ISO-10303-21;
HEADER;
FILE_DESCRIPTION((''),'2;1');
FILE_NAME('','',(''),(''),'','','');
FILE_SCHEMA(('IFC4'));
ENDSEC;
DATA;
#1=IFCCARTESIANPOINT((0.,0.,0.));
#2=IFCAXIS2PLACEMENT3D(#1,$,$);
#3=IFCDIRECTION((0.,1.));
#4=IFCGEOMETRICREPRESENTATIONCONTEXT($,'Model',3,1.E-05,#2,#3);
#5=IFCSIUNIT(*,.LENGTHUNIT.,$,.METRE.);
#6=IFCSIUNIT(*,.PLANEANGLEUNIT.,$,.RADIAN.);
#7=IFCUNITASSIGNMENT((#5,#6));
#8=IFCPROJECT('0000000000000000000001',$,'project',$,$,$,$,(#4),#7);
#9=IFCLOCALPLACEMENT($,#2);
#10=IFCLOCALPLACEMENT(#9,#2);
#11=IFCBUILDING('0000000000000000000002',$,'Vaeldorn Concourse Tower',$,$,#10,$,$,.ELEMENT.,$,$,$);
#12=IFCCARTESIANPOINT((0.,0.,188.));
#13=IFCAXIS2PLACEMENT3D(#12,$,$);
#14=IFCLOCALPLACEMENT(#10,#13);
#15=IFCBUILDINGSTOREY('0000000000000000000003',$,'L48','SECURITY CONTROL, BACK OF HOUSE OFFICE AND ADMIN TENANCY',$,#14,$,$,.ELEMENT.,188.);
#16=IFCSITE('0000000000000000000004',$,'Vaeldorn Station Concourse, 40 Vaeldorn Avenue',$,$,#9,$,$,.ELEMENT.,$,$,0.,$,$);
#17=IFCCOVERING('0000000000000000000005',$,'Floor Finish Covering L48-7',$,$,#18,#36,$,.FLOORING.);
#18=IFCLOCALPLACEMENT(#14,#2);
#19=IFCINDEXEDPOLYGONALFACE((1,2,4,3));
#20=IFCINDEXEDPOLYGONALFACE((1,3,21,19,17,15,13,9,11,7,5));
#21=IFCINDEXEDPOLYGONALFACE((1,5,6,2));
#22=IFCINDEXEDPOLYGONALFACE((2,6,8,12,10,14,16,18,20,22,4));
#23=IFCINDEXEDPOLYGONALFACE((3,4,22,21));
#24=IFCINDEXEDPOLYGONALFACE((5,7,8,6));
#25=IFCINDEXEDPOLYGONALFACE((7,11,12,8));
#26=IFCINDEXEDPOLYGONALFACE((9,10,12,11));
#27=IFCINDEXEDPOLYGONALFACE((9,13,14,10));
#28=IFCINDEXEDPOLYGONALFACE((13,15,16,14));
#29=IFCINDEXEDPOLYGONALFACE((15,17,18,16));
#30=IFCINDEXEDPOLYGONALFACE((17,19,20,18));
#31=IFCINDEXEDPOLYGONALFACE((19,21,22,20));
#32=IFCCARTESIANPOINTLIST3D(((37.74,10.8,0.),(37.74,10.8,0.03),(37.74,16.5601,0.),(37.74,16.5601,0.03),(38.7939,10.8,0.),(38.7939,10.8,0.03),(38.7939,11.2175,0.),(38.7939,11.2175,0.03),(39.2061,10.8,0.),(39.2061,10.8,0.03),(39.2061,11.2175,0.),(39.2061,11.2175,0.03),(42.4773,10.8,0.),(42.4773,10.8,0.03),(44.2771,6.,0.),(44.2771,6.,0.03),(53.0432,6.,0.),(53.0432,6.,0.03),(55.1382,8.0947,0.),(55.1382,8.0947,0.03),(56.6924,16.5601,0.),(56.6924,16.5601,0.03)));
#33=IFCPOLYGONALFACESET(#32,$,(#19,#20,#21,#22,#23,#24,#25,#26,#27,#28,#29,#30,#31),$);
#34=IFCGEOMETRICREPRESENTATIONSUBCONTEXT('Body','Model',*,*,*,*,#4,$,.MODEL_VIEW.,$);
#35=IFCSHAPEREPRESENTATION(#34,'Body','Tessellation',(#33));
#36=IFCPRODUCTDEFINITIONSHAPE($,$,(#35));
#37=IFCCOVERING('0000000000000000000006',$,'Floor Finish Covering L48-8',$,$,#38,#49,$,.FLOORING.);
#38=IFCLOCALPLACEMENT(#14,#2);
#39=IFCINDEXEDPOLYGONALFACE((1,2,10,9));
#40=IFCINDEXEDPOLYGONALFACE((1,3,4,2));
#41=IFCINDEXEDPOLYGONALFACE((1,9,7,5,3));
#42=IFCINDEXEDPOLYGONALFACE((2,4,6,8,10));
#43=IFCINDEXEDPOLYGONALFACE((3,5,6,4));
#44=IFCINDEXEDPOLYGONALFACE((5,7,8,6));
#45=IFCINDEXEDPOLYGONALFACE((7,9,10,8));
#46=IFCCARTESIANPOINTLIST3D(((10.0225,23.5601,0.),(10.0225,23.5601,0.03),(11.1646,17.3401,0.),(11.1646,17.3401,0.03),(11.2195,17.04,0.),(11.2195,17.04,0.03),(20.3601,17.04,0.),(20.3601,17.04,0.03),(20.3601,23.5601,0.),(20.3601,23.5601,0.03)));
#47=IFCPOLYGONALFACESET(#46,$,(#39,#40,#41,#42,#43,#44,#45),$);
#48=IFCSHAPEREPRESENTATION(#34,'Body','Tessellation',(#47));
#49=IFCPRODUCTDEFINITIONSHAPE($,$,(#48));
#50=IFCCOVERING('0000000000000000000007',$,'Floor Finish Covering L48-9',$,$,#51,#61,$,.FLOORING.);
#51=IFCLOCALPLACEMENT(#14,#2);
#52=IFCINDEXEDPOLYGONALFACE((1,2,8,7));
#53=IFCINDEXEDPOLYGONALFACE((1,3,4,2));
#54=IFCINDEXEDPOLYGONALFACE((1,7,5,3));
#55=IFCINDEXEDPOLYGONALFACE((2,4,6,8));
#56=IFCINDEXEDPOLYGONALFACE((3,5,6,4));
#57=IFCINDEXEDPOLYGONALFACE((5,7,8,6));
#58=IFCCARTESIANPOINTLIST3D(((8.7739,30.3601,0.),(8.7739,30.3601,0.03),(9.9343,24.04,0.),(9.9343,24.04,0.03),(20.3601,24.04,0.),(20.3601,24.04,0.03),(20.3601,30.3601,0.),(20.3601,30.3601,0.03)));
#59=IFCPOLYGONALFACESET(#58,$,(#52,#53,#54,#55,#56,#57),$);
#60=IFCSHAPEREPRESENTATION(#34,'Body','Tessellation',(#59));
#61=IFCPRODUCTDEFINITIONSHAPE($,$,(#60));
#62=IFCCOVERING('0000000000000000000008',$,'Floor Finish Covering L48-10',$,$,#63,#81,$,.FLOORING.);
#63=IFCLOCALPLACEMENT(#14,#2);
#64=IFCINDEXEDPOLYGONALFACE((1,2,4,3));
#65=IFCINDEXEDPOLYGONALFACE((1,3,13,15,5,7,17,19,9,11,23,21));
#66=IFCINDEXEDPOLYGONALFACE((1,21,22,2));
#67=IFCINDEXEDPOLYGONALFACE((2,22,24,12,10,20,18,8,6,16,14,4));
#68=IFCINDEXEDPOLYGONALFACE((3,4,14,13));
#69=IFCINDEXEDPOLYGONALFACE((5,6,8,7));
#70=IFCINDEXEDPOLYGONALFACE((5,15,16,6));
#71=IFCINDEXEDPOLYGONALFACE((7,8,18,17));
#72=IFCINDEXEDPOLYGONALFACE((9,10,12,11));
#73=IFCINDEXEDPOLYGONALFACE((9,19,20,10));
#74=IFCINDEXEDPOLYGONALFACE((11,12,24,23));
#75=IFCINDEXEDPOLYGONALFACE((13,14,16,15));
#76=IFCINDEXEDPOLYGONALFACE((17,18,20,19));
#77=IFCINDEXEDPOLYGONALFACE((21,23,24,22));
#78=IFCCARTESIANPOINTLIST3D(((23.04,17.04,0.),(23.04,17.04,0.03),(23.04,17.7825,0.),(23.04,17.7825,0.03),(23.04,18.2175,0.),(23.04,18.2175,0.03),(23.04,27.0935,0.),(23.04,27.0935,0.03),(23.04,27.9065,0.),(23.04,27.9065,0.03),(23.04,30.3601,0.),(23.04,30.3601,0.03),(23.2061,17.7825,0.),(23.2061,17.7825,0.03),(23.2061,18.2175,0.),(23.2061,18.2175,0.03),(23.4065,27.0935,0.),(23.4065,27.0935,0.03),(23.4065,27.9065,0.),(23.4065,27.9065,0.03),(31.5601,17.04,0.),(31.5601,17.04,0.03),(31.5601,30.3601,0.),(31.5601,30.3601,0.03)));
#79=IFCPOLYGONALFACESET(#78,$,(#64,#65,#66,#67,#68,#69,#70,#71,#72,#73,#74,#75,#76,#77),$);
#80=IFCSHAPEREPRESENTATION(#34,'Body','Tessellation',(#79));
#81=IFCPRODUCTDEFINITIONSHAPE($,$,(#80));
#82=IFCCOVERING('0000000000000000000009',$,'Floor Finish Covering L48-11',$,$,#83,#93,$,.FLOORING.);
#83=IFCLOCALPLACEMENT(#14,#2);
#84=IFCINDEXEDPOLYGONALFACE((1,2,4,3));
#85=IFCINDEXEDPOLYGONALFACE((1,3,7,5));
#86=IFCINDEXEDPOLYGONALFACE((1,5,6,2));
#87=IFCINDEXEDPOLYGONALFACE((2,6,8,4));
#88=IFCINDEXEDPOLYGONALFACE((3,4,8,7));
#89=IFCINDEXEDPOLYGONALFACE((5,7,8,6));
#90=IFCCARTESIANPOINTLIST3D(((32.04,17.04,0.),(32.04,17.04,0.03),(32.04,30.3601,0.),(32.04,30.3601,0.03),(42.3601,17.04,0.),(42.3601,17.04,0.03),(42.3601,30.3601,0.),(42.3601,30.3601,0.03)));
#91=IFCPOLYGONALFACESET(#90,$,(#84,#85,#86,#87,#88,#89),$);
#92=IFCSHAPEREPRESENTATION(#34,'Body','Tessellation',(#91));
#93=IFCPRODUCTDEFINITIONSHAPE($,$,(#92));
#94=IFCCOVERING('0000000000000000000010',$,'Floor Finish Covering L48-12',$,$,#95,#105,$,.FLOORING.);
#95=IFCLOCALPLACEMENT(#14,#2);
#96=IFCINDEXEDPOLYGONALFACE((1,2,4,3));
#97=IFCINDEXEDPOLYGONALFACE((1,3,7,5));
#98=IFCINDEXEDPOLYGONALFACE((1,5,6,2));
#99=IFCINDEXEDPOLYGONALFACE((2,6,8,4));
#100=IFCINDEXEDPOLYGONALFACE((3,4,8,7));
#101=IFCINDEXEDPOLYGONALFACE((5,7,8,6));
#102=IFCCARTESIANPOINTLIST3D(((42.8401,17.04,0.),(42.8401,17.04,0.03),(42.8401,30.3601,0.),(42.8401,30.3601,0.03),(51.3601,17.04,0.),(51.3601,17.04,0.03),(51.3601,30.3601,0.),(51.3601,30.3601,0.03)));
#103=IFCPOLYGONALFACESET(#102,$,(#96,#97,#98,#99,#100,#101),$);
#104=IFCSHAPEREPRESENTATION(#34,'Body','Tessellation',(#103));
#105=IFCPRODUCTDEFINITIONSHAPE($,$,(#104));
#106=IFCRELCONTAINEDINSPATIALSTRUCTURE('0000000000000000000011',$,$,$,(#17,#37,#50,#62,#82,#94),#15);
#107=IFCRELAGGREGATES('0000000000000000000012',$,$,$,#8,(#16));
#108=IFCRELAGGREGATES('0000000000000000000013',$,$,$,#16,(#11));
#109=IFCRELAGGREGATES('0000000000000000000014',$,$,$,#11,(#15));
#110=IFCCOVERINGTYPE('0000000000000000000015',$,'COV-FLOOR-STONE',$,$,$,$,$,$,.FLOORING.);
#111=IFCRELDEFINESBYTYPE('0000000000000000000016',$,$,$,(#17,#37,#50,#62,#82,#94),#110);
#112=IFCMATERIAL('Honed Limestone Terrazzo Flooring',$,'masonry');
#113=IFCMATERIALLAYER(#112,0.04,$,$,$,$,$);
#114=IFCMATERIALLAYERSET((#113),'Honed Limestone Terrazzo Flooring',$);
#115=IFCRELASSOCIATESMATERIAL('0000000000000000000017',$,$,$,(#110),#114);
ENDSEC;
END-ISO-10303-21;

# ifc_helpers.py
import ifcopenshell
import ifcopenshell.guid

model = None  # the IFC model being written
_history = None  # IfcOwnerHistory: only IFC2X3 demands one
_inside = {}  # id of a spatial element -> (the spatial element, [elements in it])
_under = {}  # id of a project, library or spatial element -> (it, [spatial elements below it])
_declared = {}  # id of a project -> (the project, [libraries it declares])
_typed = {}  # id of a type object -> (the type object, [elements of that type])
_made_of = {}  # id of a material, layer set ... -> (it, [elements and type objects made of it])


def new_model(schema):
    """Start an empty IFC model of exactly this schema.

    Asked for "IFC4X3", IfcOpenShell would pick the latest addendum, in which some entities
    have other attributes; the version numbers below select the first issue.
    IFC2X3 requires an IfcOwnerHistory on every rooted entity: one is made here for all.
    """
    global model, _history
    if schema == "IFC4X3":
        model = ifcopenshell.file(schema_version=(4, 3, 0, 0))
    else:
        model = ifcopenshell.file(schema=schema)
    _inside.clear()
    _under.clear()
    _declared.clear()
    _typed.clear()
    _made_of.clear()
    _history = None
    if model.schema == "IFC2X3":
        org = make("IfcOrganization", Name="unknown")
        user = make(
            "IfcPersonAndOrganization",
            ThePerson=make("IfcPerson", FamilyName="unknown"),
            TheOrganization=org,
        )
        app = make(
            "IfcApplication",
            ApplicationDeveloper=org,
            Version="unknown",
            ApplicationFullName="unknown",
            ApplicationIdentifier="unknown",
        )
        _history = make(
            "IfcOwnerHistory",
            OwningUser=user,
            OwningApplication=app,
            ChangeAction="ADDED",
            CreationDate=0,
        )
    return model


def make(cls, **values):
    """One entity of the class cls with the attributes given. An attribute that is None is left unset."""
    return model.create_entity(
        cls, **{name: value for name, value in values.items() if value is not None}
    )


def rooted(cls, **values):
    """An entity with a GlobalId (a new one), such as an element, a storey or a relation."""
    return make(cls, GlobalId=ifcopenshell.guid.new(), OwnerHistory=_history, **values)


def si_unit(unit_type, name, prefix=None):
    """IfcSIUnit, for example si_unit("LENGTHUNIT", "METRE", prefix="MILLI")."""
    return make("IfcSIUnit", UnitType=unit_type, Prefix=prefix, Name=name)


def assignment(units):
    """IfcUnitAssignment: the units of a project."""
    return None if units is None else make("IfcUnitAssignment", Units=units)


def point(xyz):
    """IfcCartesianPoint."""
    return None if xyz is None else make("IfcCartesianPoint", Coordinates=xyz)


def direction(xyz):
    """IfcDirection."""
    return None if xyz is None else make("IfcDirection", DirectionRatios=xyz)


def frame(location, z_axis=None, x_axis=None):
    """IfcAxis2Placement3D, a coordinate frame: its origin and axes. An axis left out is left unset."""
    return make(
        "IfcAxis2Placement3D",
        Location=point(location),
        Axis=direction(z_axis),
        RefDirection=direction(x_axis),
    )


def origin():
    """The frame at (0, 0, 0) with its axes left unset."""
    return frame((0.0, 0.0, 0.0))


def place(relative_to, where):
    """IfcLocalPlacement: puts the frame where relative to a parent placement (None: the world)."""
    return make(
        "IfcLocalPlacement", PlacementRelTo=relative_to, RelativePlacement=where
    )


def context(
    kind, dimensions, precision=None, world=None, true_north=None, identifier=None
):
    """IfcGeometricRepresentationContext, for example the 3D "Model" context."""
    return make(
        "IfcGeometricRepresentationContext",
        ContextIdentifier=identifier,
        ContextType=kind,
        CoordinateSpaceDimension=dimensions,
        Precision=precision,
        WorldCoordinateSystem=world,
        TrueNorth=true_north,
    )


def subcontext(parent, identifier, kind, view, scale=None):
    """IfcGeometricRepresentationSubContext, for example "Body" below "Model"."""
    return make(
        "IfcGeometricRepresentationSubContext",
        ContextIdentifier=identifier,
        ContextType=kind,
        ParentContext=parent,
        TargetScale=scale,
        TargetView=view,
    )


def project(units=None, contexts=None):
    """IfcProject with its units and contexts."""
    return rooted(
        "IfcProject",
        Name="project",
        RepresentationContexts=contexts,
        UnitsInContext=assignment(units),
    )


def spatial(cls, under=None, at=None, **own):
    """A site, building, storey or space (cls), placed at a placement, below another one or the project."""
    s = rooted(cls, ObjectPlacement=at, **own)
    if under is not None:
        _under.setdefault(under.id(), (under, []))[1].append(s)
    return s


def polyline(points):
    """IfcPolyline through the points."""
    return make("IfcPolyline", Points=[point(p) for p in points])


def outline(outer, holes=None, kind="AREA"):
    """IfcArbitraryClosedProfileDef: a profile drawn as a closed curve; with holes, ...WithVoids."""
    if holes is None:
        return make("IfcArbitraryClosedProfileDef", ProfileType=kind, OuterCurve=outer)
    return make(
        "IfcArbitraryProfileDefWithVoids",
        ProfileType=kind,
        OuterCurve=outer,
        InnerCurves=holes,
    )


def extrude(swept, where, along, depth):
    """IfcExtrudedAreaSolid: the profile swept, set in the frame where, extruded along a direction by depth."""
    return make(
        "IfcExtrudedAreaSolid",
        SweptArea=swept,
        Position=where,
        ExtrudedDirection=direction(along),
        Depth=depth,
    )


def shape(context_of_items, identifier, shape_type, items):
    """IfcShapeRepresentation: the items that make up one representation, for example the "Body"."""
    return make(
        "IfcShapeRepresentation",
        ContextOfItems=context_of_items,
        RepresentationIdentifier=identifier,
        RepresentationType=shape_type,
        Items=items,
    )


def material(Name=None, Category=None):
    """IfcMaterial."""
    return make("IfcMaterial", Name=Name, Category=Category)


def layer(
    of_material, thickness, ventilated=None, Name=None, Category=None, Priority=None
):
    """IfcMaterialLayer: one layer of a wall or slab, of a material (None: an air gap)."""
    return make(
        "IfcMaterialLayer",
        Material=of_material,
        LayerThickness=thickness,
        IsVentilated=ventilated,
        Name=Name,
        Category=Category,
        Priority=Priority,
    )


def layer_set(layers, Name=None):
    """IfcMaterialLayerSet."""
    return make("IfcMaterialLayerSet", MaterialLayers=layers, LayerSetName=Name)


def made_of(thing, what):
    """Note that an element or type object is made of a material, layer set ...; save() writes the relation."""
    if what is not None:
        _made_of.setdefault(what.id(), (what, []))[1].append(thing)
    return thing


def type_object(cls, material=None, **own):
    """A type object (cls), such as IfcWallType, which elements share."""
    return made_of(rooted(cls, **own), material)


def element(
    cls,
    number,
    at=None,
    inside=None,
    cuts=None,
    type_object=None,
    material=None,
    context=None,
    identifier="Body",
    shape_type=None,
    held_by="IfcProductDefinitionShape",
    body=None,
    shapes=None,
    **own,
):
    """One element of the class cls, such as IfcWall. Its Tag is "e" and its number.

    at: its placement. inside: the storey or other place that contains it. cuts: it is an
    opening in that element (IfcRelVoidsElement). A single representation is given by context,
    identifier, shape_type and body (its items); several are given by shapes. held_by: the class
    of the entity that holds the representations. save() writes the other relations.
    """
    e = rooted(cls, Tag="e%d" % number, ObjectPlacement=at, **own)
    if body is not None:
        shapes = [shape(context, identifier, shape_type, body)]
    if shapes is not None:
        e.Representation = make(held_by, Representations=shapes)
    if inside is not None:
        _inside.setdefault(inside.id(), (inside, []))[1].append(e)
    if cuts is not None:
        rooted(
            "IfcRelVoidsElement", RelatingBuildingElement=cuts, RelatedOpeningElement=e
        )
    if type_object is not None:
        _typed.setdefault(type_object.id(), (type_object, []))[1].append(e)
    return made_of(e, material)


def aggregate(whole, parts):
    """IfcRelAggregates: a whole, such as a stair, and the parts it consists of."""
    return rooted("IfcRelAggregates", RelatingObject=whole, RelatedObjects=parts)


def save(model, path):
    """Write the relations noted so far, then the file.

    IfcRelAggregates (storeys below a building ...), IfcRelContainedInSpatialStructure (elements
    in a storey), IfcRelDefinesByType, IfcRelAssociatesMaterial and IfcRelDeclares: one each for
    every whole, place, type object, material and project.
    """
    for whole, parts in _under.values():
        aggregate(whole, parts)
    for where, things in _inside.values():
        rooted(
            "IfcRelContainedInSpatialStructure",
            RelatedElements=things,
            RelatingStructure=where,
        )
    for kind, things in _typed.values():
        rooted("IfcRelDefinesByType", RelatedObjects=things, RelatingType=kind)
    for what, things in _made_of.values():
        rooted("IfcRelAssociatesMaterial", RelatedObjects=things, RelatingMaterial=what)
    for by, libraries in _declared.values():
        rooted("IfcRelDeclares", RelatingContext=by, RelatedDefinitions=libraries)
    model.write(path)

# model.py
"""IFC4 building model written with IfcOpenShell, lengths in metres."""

from ifc_helpers import new_model, si_unit, direction, frame, origin, place, context, subcontext, project, spatial, polyline, outline, extrude, material, layer, layer_set, type_object, element, save


model = new_model("IFC4")

# Units and contexts
model_context = context("Model", 3, precision=1e-05, world=origin(), true_north=direction((0.0, 1.0)))
body_context = subcontext(model_context, "Body", "Model", "MODEL_VIEW")
ifc_project = project(units=[si_unit("LENGTHUNIT", "METRE"), si_unit("PLANEANGLEUNIT", "RADIAN")], contexts=[model_context])

# Site, building, storey
site_placement = place(None, origin())
site = spatial("IfcSite", under=ifc_project, at=site_placement, Name="Vaeldorn Station Concourse, 40 Vaeldorn Avenue", CompositionType="ELEMENT", RefElevation=0.0)
building_placement = place(site_placement, origin())
building = spatial("IfcBuilding", under=site, at=building_placement, Name="Vaeldorn Concourse Tower", CompositionType="ELEMENT")
storey_placement = place(building_placement, frame((0.0, 0.0, 188.0)))
storey = spatial("IfcBuildingStorey", under=building, at=storey_placement, Name="L48", Description="SECURITY CONTROL, BACK OF HOUSE OFFICE AND ADMIN TENANCY", CompositionType="ELEMENT", Elevation=188.0)

# Coverings
ifc_material_1 = material(Name="Honed Limestone Terrazzo Flooring", Category="masonry")
ifc_layer_1 = layer(ifc_material_1, 0.04)
ifc_layer_set_1 = layer_set([ifc_layer_1], Name="Honed Limestone Terrazzo Flooring")
covering_type_1 = type_object("IfcCoveringType", Name="COV-FLOOR-STONE", PredefinedType="FLOORING", material=ifc_layer_set_1)
covering_1_placement = place(storey_placement, origin())
element("IfcCovering", 1, at=covering_1_placement, inside=storey, type_object=covering_type_1, Name="Floor Finish Covering L48-7", PredefinedType="FLOORING", context=body_context, shape_type="SweptSolid", body=[
    extrude(outline(polyline([(37.74, 16.5601), (56.6924, 16.5601), (55.1382, 8.0947), (53.0432, 6.0), (44.2771, 6.0), (42.4773, 10.8), (39.2061, 10.8), (39.2061, 11.2175), (38.7939, 11.2175), (38.7939, 10.8), (37.74, 10.8), (37.74, 16.5601)])), origin(), (0.0, 0.0, 1.0), 0.03),
])
covering_2_placement = place(storey_placement, origin())
element("IfcCovering", 2, at=covering_2_placement, inside=storey, type_object=covering_type_1, Name="Floor Finish Covering L48-8", PredefinedType="FLOORING", context=body_context, shape_type="SweptSolid", body=[
    extrude(outline(polyline([(20.3601, 23.5601), (20.3601, 17.04), (11.2195, 17.04), (11.1646, 17.3401), (11.1646, 17.3401), (10.0225, 23.5601), (20.3601, 23.5601)])), origin(), (0.0, 0.0, 1.0), 0.03),
])
covering_3_placement = place(storey_placement, origin())
element("IfcCovering", 3, at=covering_3_placement, inside=storey, type_object=covering_type_1, Name="Floor Finish Covering L48-9", PredefinedType="FLOORING", context=body_context, shape_type="SweptSolid", body=[
    extrude(outline(polyline([(20.3601, 30.3601), (20.3601, 24.04), (9.9343, 24.04), (8.7739, 30.3601), (20.3601, 30.3601)])), origin(), (0.0, 0.0, 1.0), 0.03),
])
covering_4_placement = place(storey_placement, origin())
element("IfcCovering", 4, at=covering_4_placement, inside=storey, type_object=covering_type_1, Name="Floor Finish Covering L48-10", PredefinedType="FLOORING", context=body_context, shape_type="SweptSolid", body=[
    extrude(outline(polyline([(23.04, 17.7825), (23.2061, 17.7825), (23.2061, 18.2175), (23.04, 18.2175), (23.04, 27.0935), (23.4065, 27.0935), (23.4065, 27.9065), (23.04, 27.9065), (23.04, 30.3601), (31.5601, 30.3601), (31.5601, 17.04), (23.04, 17.04), (23.04, 17.7825)])), origin(), (0.0, 0.0, 1.0), 0.03),
])
covering_5_placement = place(storey_placement, origin())
element("IfcCovering", 5, at=covering_5_placement, inside=storey, type_object=covering_type_1, Name="Floor Finish Covering L48-11", PredefinedType="FLOORING", context=body_context, shape_type="SweptSolid", body=[
    extrude(outline(polyline([(32.04, 30.3601), (42.3601, 30.3601), (42.3601, 17.04), (32.04, 17.04), (32.04, 30.3601)])), origin(), (0.0, 0.0, 1.0), 0.03),
])
covering_6_placement = place(storey_placement, origin())
element("IfcCovering", 6, at=covering_6_placement, inside=storey, type_object=covering_type_1, Name="Floor Finish Covering L48-12", PredefinedType="FLOORING", context=body_context, shape_type="SweptSolid", body=[
    extrude(outline(polyline([(42.8401, 30.3601), (51.3601, 30.3601), (51.3601, 17.04), (42.8401, 17.04), (42.8401, 30.3601)])), origin(), (0.0, 0.0, 1.0), 0.03),
])

save(model, "model.ifc")
